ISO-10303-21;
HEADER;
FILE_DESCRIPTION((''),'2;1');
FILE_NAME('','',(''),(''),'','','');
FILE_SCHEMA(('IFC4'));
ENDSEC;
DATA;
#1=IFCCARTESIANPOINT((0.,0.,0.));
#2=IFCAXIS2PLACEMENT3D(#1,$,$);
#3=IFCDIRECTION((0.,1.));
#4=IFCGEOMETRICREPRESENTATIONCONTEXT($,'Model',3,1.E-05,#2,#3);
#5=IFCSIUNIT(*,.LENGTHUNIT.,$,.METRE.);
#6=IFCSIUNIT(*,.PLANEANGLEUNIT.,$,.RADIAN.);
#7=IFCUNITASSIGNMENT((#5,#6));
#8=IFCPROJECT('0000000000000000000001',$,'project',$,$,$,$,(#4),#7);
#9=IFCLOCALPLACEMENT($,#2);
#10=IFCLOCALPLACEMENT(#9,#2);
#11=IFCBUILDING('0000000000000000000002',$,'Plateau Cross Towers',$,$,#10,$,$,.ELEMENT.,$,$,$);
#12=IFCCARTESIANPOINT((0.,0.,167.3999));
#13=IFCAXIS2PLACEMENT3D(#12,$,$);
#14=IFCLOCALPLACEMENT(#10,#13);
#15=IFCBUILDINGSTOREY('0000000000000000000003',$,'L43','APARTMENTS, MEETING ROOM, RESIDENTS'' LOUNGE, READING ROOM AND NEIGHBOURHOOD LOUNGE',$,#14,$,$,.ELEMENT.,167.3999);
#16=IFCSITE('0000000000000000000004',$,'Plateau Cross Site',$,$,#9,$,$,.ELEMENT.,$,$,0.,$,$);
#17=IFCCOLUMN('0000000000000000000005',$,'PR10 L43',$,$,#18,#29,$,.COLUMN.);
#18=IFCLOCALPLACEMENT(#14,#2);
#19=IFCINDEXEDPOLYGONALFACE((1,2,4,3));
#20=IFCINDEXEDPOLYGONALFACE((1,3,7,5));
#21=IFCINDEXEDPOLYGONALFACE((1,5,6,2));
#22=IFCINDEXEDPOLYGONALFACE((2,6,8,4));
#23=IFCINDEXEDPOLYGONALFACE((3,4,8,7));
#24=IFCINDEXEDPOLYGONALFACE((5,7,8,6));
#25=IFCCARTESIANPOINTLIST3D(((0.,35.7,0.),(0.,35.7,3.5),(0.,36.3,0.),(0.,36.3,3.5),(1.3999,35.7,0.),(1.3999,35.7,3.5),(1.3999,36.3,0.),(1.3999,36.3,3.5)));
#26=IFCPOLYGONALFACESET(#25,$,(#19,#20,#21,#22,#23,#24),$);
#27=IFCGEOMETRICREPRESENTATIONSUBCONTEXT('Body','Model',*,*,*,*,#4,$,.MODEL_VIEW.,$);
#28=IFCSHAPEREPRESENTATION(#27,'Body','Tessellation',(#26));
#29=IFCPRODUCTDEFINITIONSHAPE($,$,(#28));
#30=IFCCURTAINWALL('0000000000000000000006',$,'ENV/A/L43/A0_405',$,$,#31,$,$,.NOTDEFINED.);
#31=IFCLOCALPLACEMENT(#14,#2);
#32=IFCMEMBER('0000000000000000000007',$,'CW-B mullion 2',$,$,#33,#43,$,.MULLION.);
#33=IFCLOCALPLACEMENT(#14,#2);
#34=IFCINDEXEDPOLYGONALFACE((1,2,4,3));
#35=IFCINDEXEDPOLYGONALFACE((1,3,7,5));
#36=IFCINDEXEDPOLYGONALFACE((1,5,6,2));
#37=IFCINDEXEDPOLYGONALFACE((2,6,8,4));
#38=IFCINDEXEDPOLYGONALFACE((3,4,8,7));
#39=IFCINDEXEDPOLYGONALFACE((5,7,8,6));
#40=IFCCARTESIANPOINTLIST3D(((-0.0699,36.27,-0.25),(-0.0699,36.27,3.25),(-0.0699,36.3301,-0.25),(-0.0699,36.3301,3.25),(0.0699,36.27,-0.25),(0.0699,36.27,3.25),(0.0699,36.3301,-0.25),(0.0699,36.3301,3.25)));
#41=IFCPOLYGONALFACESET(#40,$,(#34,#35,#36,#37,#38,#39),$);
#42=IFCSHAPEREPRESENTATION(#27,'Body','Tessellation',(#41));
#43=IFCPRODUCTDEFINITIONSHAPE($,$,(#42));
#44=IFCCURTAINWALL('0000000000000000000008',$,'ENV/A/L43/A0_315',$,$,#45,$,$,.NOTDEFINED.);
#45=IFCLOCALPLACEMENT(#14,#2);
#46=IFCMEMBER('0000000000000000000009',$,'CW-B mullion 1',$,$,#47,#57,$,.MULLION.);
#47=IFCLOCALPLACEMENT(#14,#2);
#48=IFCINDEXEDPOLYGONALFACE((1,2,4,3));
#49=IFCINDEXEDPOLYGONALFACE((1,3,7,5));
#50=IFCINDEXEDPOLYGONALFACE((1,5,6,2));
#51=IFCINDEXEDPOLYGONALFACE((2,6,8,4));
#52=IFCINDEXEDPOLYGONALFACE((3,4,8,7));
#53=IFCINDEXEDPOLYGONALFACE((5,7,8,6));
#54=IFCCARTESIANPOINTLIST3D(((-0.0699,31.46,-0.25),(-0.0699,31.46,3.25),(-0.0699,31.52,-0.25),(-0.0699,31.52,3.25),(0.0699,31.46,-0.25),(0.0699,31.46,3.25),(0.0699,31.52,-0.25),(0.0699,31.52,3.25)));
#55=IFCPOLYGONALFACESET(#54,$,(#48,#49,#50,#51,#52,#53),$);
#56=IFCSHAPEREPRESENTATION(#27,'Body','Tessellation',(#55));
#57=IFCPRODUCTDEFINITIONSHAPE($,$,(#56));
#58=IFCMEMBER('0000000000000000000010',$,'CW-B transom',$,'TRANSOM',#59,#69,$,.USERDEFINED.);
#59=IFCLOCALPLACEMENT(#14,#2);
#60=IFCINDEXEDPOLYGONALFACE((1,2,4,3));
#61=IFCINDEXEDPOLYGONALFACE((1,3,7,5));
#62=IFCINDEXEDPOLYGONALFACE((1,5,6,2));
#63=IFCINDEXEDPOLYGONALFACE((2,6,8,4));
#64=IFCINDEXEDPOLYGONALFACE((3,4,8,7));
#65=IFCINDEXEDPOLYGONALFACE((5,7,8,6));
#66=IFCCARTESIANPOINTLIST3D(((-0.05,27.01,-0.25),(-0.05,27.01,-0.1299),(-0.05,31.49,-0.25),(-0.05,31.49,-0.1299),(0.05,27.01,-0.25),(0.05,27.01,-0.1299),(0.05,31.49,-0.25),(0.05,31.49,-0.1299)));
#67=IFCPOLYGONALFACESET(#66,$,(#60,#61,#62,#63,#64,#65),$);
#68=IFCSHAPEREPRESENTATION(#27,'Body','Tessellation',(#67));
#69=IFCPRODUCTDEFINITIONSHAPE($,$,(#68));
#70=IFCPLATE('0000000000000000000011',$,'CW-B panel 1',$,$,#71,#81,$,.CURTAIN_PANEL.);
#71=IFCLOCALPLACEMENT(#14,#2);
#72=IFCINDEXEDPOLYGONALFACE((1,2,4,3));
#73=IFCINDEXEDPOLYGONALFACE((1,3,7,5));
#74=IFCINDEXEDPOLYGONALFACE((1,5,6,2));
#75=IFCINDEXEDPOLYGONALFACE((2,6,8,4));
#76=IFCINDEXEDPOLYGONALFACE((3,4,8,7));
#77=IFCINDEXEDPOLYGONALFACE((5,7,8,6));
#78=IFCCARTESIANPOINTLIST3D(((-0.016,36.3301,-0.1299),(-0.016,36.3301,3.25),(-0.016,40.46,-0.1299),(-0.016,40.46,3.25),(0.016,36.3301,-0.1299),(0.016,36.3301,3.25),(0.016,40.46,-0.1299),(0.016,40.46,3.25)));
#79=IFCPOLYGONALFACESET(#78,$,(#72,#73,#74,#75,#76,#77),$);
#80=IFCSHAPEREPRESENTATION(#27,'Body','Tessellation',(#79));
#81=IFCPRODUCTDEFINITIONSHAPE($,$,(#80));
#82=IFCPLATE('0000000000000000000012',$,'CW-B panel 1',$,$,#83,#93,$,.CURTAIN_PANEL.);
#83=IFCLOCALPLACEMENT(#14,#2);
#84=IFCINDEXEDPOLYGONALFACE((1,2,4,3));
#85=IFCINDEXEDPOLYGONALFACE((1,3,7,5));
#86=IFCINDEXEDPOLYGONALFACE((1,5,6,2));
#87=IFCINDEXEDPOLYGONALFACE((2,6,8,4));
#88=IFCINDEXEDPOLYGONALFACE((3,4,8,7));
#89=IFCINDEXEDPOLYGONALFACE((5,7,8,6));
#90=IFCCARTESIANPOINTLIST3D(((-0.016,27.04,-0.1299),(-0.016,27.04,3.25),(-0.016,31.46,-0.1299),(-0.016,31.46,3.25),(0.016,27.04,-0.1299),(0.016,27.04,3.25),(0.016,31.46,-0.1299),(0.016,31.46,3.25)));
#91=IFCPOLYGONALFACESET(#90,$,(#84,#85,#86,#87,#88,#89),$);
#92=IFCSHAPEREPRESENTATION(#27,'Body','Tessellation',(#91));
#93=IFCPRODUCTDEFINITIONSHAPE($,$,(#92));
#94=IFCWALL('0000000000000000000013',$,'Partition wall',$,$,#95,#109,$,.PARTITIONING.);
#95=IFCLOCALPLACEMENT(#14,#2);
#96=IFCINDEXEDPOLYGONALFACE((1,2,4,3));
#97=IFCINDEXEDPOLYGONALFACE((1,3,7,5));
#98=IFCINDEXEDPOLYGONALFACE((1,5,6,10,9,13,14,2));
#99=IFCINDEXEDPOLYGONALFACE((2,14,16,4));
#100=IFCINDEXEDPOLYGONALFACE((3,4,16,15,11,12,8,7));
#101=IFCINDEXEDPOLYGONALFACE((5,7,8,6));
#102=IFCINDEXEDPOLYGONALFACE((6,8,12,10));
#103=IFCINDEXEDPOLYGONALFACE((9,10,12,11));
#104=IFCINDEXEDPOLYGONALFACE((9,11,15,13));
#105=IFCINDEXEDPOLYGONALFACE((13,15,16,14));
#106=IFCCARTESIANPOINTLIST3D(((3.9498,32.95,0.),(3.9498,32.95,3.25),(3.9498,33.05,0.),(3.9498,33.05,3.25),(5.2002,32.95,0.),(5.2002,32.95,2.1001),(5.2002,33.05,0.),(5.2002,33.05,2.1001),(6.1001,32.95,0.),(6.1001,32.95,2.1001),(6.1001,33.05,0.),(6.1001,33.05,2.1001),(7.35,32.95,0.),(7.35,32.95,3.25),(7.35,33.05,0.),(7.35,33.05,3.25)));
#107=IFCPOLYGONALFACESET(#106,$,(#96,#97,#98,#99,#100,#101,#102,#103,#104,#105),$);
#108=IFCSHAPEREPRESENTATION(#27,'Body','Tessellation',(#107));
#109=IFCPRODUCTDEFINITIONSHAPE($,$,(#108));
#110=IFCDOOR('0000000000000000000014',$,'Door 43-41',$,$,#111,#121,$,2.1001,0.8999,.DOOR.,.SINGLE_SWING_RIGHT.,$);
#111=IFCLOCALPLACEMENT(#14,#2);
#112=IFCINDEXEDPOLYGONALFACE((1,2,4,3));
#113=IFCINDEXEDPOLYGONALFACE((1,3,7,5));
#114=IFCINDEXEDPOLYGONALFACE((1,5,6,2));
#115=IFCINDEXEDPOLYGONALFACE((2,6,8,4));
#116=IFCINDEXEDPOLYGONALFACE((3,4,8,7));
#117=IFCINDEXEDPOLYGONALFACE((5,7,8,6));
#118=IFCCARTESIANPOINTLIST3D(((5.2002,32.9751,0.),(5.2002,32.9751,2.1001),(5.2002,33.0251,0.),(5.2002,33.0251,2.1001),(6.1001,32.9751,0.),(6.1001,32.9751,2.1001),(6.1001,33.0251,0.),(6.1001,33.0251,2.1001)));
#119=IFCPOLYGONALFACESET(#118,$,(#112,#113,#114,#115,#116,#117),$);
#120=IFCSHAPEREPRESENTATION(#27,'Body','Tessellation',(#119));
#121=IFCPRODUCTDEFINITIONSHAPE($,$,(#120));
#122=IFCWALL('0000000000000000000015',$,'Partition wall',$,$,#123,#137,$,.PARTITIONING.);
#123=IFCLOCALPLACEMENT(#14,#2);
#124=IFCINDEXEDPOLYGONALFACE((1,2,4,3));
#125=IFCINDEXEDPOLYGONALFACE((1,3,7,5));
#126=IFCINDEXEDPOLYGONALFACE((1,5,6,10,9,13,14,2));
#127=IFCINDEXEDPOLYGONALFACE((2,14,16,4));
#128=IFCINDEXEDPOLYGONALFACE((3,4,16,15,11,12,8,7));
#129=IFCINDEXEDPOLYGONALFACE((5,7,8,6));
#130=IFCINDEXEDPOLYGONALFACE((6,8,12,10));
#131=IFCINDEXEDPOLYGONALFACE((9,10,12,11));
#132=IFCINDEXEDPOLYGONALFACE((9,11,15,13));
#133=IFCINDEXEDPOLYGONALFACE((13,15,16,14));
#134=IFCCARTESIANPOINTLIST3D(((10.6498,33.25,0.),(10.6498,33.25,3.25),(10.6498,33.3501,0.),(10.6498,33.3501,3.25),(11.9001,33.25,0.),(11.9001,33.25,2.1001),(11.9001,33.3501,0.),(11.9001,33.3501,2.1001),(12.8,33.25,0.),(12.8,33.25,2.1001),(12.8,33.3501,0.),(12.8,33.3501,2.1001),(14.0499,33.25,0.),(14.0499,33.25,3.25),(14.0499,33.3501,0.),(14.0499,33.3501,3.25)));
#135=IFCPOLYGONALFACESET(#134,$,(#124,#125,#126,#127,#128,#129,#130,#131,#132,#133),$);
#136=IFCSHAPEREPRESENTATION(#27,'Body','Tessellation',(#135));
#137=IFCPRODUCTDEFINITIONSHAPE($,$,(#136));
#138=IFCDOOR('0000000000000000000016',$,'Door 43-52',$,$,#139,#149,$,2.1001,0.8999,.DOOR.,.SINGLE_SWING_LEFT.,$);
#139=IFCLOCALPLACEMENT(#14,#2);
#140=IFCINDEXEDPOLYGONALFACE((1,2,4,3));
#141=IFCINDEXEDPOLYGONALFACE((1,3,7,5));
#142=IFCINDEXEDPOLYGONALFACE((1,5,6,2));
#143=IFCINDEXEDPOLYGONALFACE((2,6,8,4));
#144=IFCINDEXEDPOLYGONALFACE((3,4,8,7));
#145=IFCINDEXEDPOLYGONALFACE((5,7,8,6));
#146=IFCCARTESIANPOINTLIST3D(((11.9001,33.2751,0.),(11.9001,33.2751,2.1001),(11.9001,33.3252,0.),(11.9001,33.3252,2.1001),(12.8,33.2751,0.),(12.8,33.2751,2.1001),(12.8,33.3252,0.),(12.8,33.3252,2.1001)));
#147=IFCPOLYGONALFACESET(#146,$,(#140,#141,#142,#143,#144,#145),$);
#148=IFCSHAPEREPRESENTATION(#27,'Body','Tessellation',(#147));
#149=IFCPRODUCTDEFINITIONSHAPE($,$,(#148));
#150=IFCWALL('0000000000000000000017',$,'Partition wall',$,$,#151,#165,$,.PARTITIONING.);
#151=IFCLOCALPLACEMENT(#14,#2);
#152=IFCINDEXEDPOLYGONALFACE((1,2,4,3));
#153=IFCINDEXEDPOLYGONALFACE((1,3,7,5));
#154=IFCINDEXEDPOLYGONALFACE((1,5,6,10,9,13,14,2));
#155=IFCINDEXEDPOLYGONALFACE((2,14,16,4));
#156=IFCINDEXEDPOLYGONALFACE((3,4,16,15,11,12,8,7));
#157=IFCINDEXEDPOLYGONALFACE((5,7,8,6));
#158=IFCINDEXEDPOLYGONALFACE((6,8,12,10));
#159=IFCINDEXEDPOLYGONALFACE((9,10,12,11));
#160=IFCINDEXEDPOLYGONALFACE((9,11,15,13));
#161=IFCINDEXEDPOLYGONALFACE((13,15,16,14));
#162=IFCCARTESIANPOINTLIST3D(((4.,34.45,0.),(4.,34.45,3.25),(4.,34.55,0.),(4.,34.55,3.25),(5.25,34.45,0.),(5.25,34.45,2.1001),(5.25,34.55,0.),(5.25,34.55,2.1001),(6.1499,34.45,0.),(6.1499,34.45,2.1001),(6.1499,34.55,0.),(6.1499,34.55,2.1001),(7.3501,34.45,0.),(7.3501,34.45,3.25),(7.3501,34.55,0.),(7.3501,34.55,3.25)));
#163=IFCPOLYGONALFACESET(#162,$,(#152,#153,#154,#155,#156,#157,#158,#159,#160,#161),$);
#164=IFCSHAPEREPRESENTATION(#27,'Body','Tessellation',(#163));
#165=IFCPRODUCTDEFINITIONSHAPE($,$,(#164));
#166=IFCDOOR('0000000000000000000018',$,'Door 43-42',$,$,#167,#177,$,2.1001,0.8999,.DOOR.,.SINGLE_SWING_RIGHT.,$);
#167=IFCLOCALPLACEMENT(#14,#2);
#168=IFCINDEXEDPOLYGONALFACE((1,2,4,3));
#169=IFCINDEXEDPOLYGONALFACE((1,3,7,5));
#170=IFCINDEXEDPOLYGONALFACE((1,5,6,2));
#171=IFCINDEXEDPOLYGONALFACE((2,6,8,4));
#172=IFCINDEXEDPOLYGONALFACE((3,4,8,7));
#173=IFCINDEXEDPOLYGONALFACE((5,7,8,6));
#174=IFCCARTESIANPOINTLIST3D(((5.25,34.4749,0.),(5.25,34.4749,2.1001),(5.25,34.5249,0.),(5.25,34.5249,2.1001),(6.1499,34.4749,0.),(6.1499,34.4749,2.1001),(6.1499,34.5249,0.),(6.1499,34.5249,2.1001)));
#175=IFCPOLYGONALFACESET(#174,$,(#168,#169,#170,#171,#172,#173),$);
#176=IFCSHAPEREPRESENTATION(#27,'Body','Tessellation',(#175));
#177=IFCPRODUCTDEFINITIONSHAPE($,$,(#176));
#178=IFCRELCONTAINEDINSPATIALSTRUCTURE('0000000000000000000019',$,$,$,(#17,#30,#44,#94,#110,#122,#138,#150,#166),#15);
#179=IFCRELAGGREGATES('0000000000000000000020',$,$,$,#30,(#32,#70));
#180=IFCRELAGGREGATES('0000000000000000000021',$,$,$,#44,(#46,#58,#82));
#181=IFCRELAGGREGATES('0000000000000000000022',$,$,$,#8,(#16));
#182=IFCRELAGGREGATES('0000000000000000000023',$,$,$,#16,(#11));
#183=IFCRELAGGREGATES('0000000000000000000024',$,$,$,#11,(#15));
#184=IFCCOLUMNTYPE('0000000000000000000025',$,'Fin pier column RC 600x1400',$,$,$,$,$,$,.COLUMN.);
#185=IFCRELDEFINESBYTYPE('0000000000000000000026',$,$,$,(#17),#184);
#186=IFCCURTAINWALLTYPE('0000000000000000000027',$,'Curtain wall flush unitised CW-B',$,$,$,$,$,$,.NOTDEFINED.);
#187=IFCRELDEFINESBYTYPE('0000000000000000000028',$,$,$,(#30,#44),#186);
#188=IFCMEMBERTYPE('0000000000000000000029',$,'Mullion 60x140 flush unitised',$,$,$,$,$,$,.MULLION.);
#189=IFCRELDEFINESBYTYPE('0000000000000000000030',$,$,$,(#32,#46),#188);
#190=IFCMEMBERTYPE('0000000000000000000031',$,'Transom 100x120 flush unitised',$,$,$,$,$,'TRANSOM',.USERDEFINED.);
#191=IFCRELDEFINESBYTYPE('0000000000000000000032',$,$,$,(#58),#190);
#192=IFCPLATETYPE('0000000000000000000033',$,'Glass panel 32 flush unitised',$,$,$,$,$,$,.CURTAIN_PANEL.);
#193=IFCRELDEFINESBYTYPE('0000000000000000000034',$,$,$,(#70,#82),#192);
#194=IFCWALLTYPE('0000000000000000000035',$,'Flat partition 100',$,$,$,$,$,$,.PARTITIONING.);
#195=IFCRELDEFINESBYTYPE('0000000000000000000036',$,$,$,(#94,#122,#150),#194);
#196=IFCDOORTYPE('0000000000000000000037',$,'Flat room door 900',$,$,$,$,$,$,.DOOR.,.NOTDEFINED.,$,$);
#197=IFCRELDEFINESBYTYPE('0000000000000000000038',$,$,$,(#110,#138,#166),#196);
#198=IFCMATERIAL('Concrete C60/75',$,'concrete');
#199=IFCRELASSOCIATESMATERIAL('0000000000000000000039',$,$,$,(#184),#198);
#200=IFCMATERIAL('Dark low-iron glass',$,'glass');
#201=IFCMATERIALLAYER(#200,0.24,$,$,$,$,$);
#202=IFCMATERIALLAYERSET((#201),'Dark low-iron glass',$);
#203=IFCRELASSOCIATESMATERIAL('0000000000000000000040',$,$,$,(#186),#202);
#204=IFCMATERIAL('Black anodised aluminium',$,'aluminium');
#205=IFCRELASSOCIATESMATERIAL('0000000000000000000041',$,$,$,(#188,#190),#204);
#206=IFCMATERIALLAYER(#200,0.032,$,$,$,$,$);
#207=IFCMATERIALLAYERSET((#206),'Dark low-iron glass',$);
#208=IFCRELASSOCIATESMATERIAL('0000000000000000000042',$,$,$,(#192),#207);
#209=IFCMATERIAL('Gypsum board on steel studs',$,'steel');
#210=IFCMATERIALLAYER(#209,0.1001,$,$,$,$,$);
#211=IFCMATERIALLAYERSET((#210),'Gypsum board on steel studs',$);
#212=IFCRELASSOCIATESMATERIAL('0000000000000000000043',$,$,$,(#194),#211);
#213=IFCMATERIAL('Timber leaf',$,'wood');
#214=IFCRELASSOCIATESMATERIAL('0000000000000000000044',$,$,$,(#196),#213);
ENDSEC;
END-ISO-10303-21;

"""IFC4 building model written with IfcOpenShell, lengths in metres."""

from ifc_helpers import new_model, si_unit, direction, frame, frame_2d, origin, origin_2d, place, context, subcontext, project, spatial, rectangle, extrude, material, layer, layer_set, material_profile, profile_set, type_object, element, fill, aggregate, save


model = new_model("IFC4")

# Units and contexts
model_context = context("Model", 3, precision=1e-05, world=origin(), true_north=direction((0.0, 1.0)))
body_context = subcontext(model_context, "Body", "Model", "MODEL_VIEW")
ifc_project = project(units=[si_unit("LENGTHUNIT", "METRE"), si_unit("PLANEANGLEUNIT", "RADIAN")], contexts=[model_context])

# Site, building, storey
site_placement = place(None, origin())
site = spatial("IfcSite", under=ifc_project, at=site_placement, Name="Plateau Cross Site", CompositionType="ELEMENT", RefElevation=0.0)
building_placement = place(site_placement, origin())
building = spatial("IfcBuilding", under=site, at=building_placement, Name="Plateau Cross Towers", CompositionType="ELEMENT")
storey_placement = place(building_placement, frame((0.0, 0.0, 167.3999)))
storey = spatial("IfcBuildingStorey", under=building, at=storey_placement, Name="L43", Description="APARTMENTS, MEETING ROOM, RESIDENTS' LOUNGE, READING ROOM AND NEIGHBOURHOOD LOUNGE", CompositionType="ELEMENT", Elevation=167.3999)

# Column
ifc_material_1 = material(Name="Concrete C60/75", Category="concrete")
ifc_material_profile_1 = material_profile(ifc_material_1, rectangle(XDim=0.6001, YDim=1.3999, at=origin_2d()), Name="RC 600x1400")
ifc_profile_set_1 = profile_set([ifc_material_profile_1], Name="Concrete C60/75")
column_type = type_object("IfcColumnType", Name="Fin pier column RC 600x1400", PredefinedType="COLUMN", material=ifc_profile_set_1)
column_placement = place(storey_placement, frame((0.7, 36.0, 0.0), z_axis=(0.0, 0.0, 1.0), x_axis=(0.0, 1.0, 0.0)))
element("IfcColumn", 1, at=column_placement, inside=storey, type_object=column_type, Name="PR10 L43", PredefinedType="COLUMN", context=body_context, shape_type="SweptSolid", body=[
    extrude(rectangle(XDim=0.6001, YDim=1.3999, at=origin_2d()), origin(), (0.0, 0.0, 1.0), 3.5),
])

# Curtain wall, member
ifc_material_2 = material(Name="Dark low-iron glass", Category="glass")
ifc_layer_1 = layer(ifc_material_2, 0.24)
ifc_layer_set_1 = layer_set([ifc_layer_1], Name="Dark low-iron glass")
curtain_wall_type = type_object("IfcCurtainWallType", Name="Curtain wall flush unitised CW-B", PredefinedType="NOTDEFINED", material=ifc_layer_set_1)
curtain_wall_1_placement = place(storey_placement, origin())
curtain_wall_1 = element("IfcCurtainWall", 2, at=curtain_wall_1_placement, inside=storey, type_object=curtain_wall_type, Name="ENV/A/L43/A0_405", PredefinedType="NOTDEFINED")
ifc_material_3 = material(Name="Black anodised aluminium", Category="aluminium")
ifc_material_profile_2 = material_profile(ifc_material_3, rectangle(XDim=0.0601, YDim=0.1399, at=origin_2d()), Name="MULLION 60x140")
ifc_profile_set_2 = profile_set([ifc_material_profile_2], Name="Black anodised aluminium")
member_type_1 = type_object("IfcMemberType", Name="Mullion 60x140 flush unitised", PredefinedType="MULLION", material=ifc_profile_set_2)
member_1_placement = place(storey_placement, frame((0.0, 36.3, -0.25), z_axis=(0.0, 0.0, 1.0), x_axis=(0.0, -1.0, 0.0)))
member_1 = element("IfcMember", 3, at=member_1_placement, type_object=member_type_1, Name="CW-B mullion 2", PredefinedType="MULLION", context=body_context, shape_type="SweptSolid", body=[
    extrude(rectangle(XDim=0.0601, YDim=0.1399, at=origin_2d()), origin(), (0.0, 0.0, 1.0), 3.5),
])

# Curtain wall, members
curtain_wall_2_placement = place(storey_placement, origin())
curtain_wall_2 = element("IfcCurtainWall", 4, at=curtain_wall_2_placement, inside=storey, type_object=curtain_wall_type, Name="ENV/A/L43/A0_315", PredefinedType="NOTDEFINED")
member_2_placement = place(storey_placement, frame((0.0, 31.49, -0.25), z_axis=(0.0, 0.0, 1.0), x_axis=(0.0, -1.0, 0.0)))
member_2 = element("IfcMember", 5, at=member_2_placement, type_object=member_type_1, Name="CW-B mullion 1", PredefinedType="MULLION", context=body_context, shape_type="SweptSolid", body=[
    extrude(rectangle(XDim=0.0601, YDim=0.1399, at=origin_2d()), origin(), (0.0, 0.0, 1.0), 3.5),
])
ifc_material_profile_3 = material_profile(ifc_material_3, rectangle(XDim=0.1001, YDim=0.1201, at=origin_2d()), Name="TRANSOM 100x120")
ifc_profile_set_3 = profile_set([ifc_material_profile_3], Name="Black anodised aluminium")
member_type_2 = type_object("IfcMemberType", Name="Transom 100x120 flush unitised", ElementType="TRANSOM", PredefinedType="USERDEFINED", material=ifc_profile_set_3)
member_3_placement = place(storey_placement, frame((0.0, 31.49, -0.1899), z_axis=(0.0, -1.0, 0.0), x_axis=(1.0, 0.0, 0.0)))
member_3 = element("IfcMember", 6, at=member_3_placement, type_object=member_type_2, Name="CW-B transom", ObjectType="TRANSOM", PredefinedType="USERDEFINED", context=body_context, shape_type="SweptSolid", body=[
    extrude(rectangle(XDim=0.1001, YDim=0.1201, at=origin_2d()), origin(), (0.0, 0.0, 1.0), 4.48),
])

# Plates
ifc_layer_2 = layer(ifc_material_2, 0.032)
ifc_layer_set_2 = layer_set([ifc_layer_2], Name="Dark low-iron glass")
plate_type = type_object("IfcPlateType", Name="Glass panel 32 flush unitised", PredefinedType="CURTAIN_PANEL", material=ifc_layer_set_2)
plate_1_placement = place(storey_placement, frame((0.0, 38.395, -0.1299), z_axis=(0.0, 0.0, 1.0), x_axis=(0.0, -1.0, 0.0)))
plate_1 = element("IfcPlate", 7, at=plate_1_placement, type_object=plate_type, Name="CW-B panel 1", PredefinedType="CURTAIN_PANEL", context=body_context, shape_type="SweptSolid", body=[
    extrude(rectangle(XDim=4.1299, YDim=0.032, at=origin_2d()), origin(), (0.0, 0.0, 1.0), 3.3799),
])
aggregate(curtain_wall_1, [member_1, plate_1])
plate_2_placement = place(storey_placement, frame((0.0, 29.25, -0.1299), z_axis=(0.0, 0.0, 1.0), x_axis=(0.0, -1.0, 0.0)))
plate_2 = element("IfcPlate", 8, at=plate_2_placement, type_object=plate_type, Name="CW-B panel 1", PredefinedType="CURTAIN_PANEL", context=body_context, shape_type="SweptSolid", body=[
    extrude(rectangle(XDim=4.4199, YDim=0.032, at=origin_2d()), origin(), (0.0, 0.0, 1.0), 3.3799),
])
aggregate(curtain_wall_2, [member_2, member_3, plate_2])

# Walls, openings, doors
ifc_material_4 = material(Name="Gypsum board on steel studs", Category="steel")
ifc_layer_3 = layer(ifc_material_4, 0.1001)
ifc_layer_set_3 = layer_set([ifc_layer_3], Name="Gypsum board on steel studs")
wall_type_1 = type_object("IfcWallType", Name="Flat partition 100", PredefinedType="PARTITIONING", material=ifc_layer_set_3)
wall_1_placement = place(storey_placement, frame((7.3501, 33.0, 0.0), z_axis=(0.0, 0.0, 1.0), x_axis=(-1.0, 0.0, 0.0)))
wall_1 = element("IfcWall", 9, at=wall_1_placement, inside=storey, type_object=wall_type_1, Name="Partition wall", PredefinedType="PARTITIONING", context=body_context, shape_type="SweptSolid", body=[
    extrude(rectangle(XDim=3.4001, YDim=0.1001, at=frame_2d((1.7002, 0.0))), origin(), (0.0, 0.0, 1.0), 3.25),
])
opening_1_placement = place(wall_1_placement, frame((1.25, 0.0, 0.0)))
opening_1 = element("IfcOpeningElement", 10, at=opening_1_placement, cuts=wall_1, PredefinedType="OPENING", context=body_context, shape_type="SweptSolid", body=[
    extrude(rectangle(XDim=0.8999, YDim=2.1001, at=frame_2d((0.45, 1.05))), frame((0.0, 0.0601, 0.0), z_axis=(0.0, -1.0, 0.0), x_axis=(1.0, 0.0, 0.0)), (0.0, 0.0, 1.0), 0.1201),
])
ifc_material_5 = material(Name="Timber leaf", Category="wood")
door_type_1 = type_object("IfcDoorType", Name="Flat room door 900", OperationType="NOTDEFINED", PredefinedType="DOOR", material=ifc_material_5)
door_1_placement = place(opening_1_placement, origin())
door_1 = element("IfcDoor", 11, at=door_1_placement, inside=storey, type_object=door_type_1, Name="Door 43-41", OperationType="SINGLE_SWING_RIGHT", OverallHeight=2.1001, OverallWidth=0.8999, PredefinedType="DOOR", context=body_context, shape_type="SweptSolid", body=[
    extrude(rectangle(XDim=0.8999, YDim=2.1001, at=frame_2d((0.45, 1.05))), frame((0.0, 0.0249, 0.0), z_axis=(0.0, -1.0, 0.0), x_axis=(1.0, 0.0, 0.0)), (0.0, 0.0, 1.0), 0.05),
])
fill(opening_1, door_1)
wall_2_placement = place(storey_placement, frame((14.05, 33.3, 0.0), z_axis=(0.0, 0.0, 1.0), x_axis=(-1.0, 0.0, 0.0)))
wall_2 = element("IfcWall", 12, at=wall_2_placement, inside=storey, type_object=wall_type_1, Name="Partition wall", PredefinedType="PARTITIONING", context=body_context, shape_type="SweptSolid", body=[
    extrude(rectangle(XDim=3.4001, YDim=0.1001, at=frame_2d((1.7002, 0.0))), origin(), (0.0, 0.0, 1.0), 3.25),
])
opening_2_placement = place(wall_2_placement, frame((1.25, 0.0, 0.0)))
opening_2 = element("IfcOpeningElement", 13, at=opening_2_placement, cuts=wall_2, PredefinedType="OPENING", context=body_context, shape_type="SweptSolid", body=[
    extrude(rectangle(XDim=0.8999, YDim=2.1001, at=frame_2d((0.45, 1.05))), frame((0.0, 0.0601, 0.0), z_axis=(0.0, -1.0, 0.0), x_axis=(1.0, 0.0, 0.0)), (0.0, 0.0, 1.0), 0.1201),
])
door_2_placement = place(opening_2_placement, origin())
door_2 = element("IfcDoor", 14, at=door_2_placement, inside=storey, type_object=door_type_1, Name="Door 43-52", OperationType="SINGLE_SWING_LEFT", OverallHeight=2.1001, OverallWidth=0.8999, PredefinedType="DOOR", context=body_context, shape_type="SweptSolid", body=[
    extrude(rectangle(XDim=0.8999, YDim=2.1001, at=frame_2d((0.45, 1.05))), frame((0.0, 0.0249, 0.0), z_axis=(0.0, -1.0, 0.0), x_axis=(1.0, 0.0, 0.0)), (0.0, 0.0, 1.0), 0.05),
])
fill(opening_2, door_2)
wall_3_placement = place(storey_placement, frame((4.0, 34.5, 0.0), z_axis=(0.0, 0.0, 1.0), x_axis=(1.0, 0.0, 0.0)))
wall_3 = element("IfcWall", 15, at=wall_3_placement, inside=storey, type_object=wall_type_1, Name="Partition wall", PredefinedType="PARTITIONING", context=body_context, shape_type="SweptSolid", body=[
    extrude(rectangle(XDim=3.3501, YDim=0.1001, at=frame_2d((1.675, 0.0))), origin(), (0.0, 0.0, 1.0), 3.25),
])
opening_3_placement = place(wall_3_placement, frame((1.25, 0.0, 0.0)))
opening_3 = element("IfcOpeningElement", 16, at=opening_3_placement, cuts=wall_3, PredefinedType="OPENING", context=body_context, shape_type="SweptSolid", body=[
    extrude(rectangle(XDim=0.8999, YDim=2.1001, at=frame_2d((0.45, 1.05))), frame((0.0, 0.0601, 0.0), z_axis=(0.0, -1.0, 0.0), x_axis=(1.0, 0.0, 0.0)), (0.0, 0.0, 1.0), 0.1201),
])
door_3_placement = place(opening_3_placement, origin())
door_3 = element("IfcDoor", 17, at=door_3_placement, inside=storey, type_object=door_type_1, Name="Door 43-42", OperationType="SINGLE_SWING_RIGHT", OverallHeight=2.1001, OverallWidth=0.8999, PredefinedType="DOOR", context=body_context, shape_type="SweptSolid", body=[
    extrude(rectangle(XDim=0.8999, YDim=2.1001, at=frame_2d((0.45, 1.05))), frame((0.0, 0.0249, 0.0), z_axis=(0.0, -1.0, 0.0), x_axis=(1.0, 0.0, 0.0)), (0.0, 0.0, 1.0), 0.05),
])
fill(opening_3, door_3)

save(model, "model.ifc")
